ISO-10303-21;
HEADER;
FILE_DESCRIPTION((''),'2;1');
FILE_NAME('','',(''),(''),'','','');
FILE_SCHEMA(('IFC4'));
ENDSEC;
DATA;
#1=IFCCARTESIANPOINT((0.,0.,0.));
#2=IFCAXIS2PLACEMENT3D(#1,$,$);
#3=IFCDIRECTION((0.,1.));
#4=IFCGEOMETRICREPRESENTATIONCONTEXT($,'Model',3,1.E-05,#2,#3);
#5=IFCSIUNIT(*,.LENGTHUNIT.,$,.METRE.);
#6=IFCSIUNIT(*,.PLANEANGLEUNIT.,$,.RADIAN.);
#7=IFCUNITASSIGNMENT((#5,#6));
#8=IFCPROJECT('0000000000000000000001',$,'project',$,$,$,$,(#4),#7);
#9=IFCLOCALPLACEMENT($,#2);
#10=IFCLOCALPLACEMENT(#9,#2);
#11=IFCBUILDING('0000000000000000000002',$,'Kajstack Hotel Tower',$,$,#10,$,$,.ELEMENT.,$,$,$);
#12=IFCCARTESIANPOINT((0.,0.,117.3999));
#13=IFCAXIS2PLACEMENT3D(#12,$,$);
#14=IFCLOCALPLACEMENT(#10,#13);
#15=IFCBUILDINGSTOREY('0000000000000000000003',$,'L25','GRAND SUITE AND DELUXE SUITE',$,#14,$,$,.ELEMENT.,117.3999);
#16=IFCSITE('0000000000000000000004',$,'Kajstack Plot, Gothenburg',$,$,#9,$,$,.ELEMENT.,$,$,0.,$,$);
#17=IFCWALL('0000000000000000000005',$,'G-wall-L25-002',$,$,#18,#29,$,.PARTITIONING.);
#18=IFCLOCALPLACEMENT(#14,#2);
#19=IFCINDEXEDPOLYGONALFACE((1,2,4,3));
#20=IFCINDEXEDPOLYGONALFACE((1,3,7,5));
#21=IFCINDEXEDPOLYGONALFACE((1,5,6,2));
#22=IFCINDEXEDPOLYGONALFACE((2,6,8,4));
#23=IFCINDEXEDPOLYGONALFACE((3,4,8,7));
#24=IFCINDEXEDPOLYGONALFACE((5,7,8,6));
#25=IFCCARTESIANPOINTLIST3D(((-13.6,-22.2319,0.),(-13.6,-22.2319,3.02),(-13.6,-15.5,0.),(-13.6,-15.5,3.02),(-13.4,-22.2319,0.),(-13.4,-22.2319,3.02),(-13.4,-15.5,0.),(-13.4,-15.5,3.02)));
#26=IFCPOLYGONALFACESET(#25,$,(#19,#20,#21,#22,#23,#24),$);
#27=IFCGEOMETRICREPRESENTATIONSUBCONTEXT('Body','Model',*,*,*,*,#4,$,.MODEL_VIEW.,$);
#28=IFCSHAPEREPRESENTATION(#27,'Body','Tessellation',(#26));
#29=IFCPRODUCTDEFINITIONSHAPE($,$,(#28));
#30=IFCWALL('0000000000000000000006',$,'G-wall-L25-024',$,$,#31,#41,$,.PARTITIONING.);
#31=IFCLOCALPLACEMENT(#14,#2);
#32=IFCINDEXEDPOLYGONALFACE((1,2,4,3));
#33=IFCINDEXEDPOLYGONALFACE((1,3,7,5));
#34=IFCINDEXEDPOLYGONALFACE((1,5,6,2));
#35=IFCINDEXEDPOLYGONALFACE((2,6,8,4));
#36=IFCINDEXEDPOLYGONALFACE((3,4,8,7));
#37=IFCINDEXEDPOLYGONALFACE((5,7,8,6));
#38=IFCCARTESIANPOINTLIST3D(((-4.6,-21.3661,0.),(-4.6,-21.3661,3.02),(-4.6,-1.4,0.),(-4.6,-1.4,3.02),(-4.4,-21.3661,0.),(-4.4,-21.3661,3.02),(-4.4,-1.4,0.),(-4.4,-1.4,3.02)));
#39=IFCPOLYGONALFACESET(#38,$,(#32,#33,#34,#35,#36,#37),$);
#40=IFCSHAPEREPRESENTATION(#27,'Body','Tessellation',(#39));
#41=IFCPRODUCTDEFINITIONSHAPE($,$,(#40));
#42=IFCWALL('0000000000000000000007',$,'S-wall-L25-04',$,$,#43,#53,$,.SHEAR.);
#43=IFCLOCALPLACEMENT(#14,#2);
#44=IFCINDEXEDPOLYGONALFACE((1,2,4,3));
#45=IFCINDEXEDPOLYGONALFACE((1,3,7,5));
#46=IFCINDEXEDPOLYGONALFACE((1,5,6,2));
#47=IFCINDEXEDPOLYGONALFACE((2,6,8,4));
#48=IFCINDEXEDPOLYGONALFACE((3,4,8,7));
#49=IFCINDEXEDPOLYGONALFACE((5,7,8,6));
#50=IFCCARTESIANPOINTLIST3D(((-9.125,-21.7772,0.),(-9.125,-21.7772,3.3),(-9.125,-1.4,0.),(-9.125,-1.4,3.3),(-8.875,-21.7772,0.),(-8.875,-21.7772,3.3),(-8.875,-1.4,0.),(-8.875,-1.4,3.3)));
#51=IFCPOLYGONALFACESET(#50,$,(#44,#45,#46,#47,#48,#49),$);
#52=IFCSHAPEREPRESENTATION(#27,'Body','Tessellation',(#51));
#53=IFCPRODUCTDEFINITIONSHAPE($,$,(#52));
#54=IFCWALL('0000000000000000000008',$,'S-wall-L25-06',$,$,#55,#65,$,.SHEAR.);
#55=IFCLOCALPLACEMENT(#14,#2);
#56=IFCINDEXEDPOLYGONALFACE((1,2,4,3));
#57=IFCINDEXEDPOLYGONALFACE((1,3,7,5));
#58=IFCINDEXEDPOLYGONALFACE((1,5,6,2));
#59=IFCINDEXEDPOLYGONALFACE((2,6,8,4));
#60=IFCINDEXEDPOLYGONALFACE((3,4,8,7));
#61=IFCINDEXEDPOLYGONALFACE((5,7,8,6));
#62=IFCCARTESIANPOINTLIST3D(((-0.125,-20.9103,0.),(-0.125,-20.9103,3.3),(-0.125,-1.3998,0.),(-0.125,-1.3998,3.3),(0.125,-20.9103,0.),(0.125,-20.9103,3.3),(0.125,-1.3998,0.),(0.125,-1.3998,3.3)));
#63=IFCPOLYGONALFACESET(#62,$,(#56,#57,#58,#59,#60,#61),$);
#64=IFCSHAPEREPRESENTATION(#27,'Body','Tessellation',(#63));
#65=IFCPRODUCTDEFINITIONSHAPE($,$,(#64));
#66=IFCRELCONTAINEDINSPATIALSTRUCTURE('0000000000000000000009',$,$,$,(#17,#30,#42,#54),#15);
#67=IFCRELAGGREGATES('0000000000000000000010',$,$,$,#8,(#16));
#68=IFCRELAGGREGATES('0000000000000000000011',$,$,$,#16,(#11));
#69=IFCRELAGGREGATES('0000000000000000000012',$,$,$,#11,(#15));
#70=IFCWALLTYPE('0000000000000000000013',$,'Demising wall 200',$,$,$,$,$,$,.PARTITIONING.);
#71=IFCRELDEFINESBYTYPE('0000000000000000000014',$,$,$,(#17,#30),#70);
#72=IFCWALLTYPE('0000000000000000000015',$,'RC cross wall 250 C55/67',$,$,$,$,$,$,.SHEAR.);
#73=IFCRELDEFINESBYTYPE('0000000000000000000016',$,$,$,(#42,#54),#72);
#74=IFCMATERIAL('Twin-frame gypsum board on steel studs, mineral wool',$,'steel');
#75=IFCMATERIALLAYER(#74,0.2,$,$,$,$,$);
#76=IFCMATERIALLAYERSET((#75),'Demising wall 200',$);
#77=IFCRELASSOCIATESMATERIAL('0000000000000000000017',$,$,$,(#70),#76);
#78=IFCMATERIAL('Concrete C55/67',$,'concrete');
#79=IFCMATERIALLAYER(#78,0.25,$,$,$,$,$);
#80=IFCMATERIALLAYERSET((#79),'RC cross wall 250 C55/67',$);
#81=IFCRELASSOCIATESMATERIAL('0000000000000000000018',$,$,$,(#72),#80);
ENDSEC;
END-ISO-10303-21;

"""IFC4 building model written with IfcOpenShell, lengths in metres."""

from ifc_helpers import new_model, si_unit, direction, frame, frame_2d, origin, place, context, subcontext, project, spatial, rectangle, extrude, material, layer, layer_set, type_object, element, save


model = new_model("IFC4")

# Units and contexts
model_context = context("Model", 3, precision=1e-05, world=origin(), true_north=direction((0.0, 1.0)))
body_context = subcontext(model_context, "Body", "Model", "MODEL_VIEW")
ifc_project = project(units=[si_unit("LENGTHUNIT", "METRE"), si_unit("PLANEANGLEUNIT", "RADIAN")], contexts=[model_context])

# Site, building, storey
site_placement = place(None, origin())
site = spatial("IfcSite", under=ifc_project, at=site_placement, Name="Kajstack Plot, Gothenburg", CompositionType="ELEMENT", RefElevation=0.0)
building_placement = place(site_placement, origin())
building = spatial("IfcBuilding", under=site, at=building_placement, Name="Kajstack Hotel Tower", CompositionType="ELEMENT")
storey_placement = place(building_placement, frame((0.0, 0.0, 117.3999)))
storey = spatial("IfcBuildingStorey", under=building, at=storey_placement, Name="L25", Description="GRAND SUITE AND DELUXE SUITE", CompositionType="ELEMENT", Elevation=117.3999)

# Walls
ifc_material_1 = material(Name="Twin-frame gypsum board on steel studs, mineral wool", Category="steel")
ifc_layer_1 = layer(ifc_material_1, 0.2)
ifc_layer_set_1 = layer_set([ifc_layer_1], Name="Demising wall 200")
wall_type_1 = type_object("IfcWallType", Name="Demising wall 200", PredefinedType="PARTITIONING", material=ifc_layer_set_1)
wall_1_placement = place(storey_placement, frame((-13.5, -22.2319, 0.0), z_axis=(0.0, 0.0, 1.0), x_axis=(0.0, 1.0, 0.0)))
element("IfcWall", 1, at=wall_1_placement, inside=storey, type_object=wall_type_1, Name="G-wall-L25-002", PredefinedType="PARTITIONING", context=body_context, shape_type="SweptSolid", body=[
    extrude(rectangle(XDim=6.7319, YDim=0.2, at=frame_2d((3.366, 0.0))), origin(), (0.0, 0.0, 1.0), 3.02),
])
wall_2_placement = place(storey_placement, frame((-4.5, -21.366, 0.0), z_axis=(0.0, 0.0, 1.0), x_axis=(0.0, 1.0, 0.0)))
element("IfcWall", 2, at=wall_2_placement, inside=storey, type_object=wall_type_1, Name="G-wall-L25-024", PredefinedType="PARTITIONING", context=body_context, shape_type="SweptSolid", body=[
    extrude(rectangle(XDim=19.9661, YDim=0.2, at=frame_2d((9.9829, 0.0))), origin(), (0.0, 0.0, 1.0), 3.02),
])

# Walls
ifc_material_2 = material(Name="Concrete C55/67", Category="concrete")
ifc_layer_2 = layer(ifc_material_2, 0.25)
ifc_layer_set_2 = layer_set([ifc_layer_2], Name="RC cross wall 250 C55/67")
wall_type_2 = type_object("IfcWallType", Name="RC cross wall 250 C55/67", PredefinedType="SHEAR", material=ifc_layer_set_2)
wall_3_placement = place(storey_placement, frame((-9.0, -21.7771, 0.0), z_axis=(0.0, 0.0, 1.0), x_axis=(0.0, 1.0, 0.0)))
element("IfcWall", 3, at=wall_3_placement, inside=storey, type_object=wall_type_2, Name="S-wall-L25-04", PredefinedType="SHEAR", context=body_context, shape_type="SweptSolid", body=[
    extrude(rectangle(XDim=20.3772, YDim=0.25, at=frame_2d((10.1885, 0.0))), origin(), (0.0, 0.0, 1.0), 3.3),
])
wall_4_placement = place(storey_placement, frame((0.0, -20.9104, 0.0), z_axis=(0.0, 0.0, 1.0), x_axis=(0.0, 1.0, 0.0)))
element("IfcWall", 4, at=wall_4_placement, inside=storey, type_object=wall_type_2, Name="S-wall-L25-06", PredefinedType="SHEAR", context=body_context, shape_type="SweptSolid", body=[
    extrude(rectangle(XDim=19.5105, YDim=0.25, at=frame_2d((9.7554, 0.0))), origin(), (0.0, 0.0, 1.0), 3.3),
])

save(model, "model.ifc")
